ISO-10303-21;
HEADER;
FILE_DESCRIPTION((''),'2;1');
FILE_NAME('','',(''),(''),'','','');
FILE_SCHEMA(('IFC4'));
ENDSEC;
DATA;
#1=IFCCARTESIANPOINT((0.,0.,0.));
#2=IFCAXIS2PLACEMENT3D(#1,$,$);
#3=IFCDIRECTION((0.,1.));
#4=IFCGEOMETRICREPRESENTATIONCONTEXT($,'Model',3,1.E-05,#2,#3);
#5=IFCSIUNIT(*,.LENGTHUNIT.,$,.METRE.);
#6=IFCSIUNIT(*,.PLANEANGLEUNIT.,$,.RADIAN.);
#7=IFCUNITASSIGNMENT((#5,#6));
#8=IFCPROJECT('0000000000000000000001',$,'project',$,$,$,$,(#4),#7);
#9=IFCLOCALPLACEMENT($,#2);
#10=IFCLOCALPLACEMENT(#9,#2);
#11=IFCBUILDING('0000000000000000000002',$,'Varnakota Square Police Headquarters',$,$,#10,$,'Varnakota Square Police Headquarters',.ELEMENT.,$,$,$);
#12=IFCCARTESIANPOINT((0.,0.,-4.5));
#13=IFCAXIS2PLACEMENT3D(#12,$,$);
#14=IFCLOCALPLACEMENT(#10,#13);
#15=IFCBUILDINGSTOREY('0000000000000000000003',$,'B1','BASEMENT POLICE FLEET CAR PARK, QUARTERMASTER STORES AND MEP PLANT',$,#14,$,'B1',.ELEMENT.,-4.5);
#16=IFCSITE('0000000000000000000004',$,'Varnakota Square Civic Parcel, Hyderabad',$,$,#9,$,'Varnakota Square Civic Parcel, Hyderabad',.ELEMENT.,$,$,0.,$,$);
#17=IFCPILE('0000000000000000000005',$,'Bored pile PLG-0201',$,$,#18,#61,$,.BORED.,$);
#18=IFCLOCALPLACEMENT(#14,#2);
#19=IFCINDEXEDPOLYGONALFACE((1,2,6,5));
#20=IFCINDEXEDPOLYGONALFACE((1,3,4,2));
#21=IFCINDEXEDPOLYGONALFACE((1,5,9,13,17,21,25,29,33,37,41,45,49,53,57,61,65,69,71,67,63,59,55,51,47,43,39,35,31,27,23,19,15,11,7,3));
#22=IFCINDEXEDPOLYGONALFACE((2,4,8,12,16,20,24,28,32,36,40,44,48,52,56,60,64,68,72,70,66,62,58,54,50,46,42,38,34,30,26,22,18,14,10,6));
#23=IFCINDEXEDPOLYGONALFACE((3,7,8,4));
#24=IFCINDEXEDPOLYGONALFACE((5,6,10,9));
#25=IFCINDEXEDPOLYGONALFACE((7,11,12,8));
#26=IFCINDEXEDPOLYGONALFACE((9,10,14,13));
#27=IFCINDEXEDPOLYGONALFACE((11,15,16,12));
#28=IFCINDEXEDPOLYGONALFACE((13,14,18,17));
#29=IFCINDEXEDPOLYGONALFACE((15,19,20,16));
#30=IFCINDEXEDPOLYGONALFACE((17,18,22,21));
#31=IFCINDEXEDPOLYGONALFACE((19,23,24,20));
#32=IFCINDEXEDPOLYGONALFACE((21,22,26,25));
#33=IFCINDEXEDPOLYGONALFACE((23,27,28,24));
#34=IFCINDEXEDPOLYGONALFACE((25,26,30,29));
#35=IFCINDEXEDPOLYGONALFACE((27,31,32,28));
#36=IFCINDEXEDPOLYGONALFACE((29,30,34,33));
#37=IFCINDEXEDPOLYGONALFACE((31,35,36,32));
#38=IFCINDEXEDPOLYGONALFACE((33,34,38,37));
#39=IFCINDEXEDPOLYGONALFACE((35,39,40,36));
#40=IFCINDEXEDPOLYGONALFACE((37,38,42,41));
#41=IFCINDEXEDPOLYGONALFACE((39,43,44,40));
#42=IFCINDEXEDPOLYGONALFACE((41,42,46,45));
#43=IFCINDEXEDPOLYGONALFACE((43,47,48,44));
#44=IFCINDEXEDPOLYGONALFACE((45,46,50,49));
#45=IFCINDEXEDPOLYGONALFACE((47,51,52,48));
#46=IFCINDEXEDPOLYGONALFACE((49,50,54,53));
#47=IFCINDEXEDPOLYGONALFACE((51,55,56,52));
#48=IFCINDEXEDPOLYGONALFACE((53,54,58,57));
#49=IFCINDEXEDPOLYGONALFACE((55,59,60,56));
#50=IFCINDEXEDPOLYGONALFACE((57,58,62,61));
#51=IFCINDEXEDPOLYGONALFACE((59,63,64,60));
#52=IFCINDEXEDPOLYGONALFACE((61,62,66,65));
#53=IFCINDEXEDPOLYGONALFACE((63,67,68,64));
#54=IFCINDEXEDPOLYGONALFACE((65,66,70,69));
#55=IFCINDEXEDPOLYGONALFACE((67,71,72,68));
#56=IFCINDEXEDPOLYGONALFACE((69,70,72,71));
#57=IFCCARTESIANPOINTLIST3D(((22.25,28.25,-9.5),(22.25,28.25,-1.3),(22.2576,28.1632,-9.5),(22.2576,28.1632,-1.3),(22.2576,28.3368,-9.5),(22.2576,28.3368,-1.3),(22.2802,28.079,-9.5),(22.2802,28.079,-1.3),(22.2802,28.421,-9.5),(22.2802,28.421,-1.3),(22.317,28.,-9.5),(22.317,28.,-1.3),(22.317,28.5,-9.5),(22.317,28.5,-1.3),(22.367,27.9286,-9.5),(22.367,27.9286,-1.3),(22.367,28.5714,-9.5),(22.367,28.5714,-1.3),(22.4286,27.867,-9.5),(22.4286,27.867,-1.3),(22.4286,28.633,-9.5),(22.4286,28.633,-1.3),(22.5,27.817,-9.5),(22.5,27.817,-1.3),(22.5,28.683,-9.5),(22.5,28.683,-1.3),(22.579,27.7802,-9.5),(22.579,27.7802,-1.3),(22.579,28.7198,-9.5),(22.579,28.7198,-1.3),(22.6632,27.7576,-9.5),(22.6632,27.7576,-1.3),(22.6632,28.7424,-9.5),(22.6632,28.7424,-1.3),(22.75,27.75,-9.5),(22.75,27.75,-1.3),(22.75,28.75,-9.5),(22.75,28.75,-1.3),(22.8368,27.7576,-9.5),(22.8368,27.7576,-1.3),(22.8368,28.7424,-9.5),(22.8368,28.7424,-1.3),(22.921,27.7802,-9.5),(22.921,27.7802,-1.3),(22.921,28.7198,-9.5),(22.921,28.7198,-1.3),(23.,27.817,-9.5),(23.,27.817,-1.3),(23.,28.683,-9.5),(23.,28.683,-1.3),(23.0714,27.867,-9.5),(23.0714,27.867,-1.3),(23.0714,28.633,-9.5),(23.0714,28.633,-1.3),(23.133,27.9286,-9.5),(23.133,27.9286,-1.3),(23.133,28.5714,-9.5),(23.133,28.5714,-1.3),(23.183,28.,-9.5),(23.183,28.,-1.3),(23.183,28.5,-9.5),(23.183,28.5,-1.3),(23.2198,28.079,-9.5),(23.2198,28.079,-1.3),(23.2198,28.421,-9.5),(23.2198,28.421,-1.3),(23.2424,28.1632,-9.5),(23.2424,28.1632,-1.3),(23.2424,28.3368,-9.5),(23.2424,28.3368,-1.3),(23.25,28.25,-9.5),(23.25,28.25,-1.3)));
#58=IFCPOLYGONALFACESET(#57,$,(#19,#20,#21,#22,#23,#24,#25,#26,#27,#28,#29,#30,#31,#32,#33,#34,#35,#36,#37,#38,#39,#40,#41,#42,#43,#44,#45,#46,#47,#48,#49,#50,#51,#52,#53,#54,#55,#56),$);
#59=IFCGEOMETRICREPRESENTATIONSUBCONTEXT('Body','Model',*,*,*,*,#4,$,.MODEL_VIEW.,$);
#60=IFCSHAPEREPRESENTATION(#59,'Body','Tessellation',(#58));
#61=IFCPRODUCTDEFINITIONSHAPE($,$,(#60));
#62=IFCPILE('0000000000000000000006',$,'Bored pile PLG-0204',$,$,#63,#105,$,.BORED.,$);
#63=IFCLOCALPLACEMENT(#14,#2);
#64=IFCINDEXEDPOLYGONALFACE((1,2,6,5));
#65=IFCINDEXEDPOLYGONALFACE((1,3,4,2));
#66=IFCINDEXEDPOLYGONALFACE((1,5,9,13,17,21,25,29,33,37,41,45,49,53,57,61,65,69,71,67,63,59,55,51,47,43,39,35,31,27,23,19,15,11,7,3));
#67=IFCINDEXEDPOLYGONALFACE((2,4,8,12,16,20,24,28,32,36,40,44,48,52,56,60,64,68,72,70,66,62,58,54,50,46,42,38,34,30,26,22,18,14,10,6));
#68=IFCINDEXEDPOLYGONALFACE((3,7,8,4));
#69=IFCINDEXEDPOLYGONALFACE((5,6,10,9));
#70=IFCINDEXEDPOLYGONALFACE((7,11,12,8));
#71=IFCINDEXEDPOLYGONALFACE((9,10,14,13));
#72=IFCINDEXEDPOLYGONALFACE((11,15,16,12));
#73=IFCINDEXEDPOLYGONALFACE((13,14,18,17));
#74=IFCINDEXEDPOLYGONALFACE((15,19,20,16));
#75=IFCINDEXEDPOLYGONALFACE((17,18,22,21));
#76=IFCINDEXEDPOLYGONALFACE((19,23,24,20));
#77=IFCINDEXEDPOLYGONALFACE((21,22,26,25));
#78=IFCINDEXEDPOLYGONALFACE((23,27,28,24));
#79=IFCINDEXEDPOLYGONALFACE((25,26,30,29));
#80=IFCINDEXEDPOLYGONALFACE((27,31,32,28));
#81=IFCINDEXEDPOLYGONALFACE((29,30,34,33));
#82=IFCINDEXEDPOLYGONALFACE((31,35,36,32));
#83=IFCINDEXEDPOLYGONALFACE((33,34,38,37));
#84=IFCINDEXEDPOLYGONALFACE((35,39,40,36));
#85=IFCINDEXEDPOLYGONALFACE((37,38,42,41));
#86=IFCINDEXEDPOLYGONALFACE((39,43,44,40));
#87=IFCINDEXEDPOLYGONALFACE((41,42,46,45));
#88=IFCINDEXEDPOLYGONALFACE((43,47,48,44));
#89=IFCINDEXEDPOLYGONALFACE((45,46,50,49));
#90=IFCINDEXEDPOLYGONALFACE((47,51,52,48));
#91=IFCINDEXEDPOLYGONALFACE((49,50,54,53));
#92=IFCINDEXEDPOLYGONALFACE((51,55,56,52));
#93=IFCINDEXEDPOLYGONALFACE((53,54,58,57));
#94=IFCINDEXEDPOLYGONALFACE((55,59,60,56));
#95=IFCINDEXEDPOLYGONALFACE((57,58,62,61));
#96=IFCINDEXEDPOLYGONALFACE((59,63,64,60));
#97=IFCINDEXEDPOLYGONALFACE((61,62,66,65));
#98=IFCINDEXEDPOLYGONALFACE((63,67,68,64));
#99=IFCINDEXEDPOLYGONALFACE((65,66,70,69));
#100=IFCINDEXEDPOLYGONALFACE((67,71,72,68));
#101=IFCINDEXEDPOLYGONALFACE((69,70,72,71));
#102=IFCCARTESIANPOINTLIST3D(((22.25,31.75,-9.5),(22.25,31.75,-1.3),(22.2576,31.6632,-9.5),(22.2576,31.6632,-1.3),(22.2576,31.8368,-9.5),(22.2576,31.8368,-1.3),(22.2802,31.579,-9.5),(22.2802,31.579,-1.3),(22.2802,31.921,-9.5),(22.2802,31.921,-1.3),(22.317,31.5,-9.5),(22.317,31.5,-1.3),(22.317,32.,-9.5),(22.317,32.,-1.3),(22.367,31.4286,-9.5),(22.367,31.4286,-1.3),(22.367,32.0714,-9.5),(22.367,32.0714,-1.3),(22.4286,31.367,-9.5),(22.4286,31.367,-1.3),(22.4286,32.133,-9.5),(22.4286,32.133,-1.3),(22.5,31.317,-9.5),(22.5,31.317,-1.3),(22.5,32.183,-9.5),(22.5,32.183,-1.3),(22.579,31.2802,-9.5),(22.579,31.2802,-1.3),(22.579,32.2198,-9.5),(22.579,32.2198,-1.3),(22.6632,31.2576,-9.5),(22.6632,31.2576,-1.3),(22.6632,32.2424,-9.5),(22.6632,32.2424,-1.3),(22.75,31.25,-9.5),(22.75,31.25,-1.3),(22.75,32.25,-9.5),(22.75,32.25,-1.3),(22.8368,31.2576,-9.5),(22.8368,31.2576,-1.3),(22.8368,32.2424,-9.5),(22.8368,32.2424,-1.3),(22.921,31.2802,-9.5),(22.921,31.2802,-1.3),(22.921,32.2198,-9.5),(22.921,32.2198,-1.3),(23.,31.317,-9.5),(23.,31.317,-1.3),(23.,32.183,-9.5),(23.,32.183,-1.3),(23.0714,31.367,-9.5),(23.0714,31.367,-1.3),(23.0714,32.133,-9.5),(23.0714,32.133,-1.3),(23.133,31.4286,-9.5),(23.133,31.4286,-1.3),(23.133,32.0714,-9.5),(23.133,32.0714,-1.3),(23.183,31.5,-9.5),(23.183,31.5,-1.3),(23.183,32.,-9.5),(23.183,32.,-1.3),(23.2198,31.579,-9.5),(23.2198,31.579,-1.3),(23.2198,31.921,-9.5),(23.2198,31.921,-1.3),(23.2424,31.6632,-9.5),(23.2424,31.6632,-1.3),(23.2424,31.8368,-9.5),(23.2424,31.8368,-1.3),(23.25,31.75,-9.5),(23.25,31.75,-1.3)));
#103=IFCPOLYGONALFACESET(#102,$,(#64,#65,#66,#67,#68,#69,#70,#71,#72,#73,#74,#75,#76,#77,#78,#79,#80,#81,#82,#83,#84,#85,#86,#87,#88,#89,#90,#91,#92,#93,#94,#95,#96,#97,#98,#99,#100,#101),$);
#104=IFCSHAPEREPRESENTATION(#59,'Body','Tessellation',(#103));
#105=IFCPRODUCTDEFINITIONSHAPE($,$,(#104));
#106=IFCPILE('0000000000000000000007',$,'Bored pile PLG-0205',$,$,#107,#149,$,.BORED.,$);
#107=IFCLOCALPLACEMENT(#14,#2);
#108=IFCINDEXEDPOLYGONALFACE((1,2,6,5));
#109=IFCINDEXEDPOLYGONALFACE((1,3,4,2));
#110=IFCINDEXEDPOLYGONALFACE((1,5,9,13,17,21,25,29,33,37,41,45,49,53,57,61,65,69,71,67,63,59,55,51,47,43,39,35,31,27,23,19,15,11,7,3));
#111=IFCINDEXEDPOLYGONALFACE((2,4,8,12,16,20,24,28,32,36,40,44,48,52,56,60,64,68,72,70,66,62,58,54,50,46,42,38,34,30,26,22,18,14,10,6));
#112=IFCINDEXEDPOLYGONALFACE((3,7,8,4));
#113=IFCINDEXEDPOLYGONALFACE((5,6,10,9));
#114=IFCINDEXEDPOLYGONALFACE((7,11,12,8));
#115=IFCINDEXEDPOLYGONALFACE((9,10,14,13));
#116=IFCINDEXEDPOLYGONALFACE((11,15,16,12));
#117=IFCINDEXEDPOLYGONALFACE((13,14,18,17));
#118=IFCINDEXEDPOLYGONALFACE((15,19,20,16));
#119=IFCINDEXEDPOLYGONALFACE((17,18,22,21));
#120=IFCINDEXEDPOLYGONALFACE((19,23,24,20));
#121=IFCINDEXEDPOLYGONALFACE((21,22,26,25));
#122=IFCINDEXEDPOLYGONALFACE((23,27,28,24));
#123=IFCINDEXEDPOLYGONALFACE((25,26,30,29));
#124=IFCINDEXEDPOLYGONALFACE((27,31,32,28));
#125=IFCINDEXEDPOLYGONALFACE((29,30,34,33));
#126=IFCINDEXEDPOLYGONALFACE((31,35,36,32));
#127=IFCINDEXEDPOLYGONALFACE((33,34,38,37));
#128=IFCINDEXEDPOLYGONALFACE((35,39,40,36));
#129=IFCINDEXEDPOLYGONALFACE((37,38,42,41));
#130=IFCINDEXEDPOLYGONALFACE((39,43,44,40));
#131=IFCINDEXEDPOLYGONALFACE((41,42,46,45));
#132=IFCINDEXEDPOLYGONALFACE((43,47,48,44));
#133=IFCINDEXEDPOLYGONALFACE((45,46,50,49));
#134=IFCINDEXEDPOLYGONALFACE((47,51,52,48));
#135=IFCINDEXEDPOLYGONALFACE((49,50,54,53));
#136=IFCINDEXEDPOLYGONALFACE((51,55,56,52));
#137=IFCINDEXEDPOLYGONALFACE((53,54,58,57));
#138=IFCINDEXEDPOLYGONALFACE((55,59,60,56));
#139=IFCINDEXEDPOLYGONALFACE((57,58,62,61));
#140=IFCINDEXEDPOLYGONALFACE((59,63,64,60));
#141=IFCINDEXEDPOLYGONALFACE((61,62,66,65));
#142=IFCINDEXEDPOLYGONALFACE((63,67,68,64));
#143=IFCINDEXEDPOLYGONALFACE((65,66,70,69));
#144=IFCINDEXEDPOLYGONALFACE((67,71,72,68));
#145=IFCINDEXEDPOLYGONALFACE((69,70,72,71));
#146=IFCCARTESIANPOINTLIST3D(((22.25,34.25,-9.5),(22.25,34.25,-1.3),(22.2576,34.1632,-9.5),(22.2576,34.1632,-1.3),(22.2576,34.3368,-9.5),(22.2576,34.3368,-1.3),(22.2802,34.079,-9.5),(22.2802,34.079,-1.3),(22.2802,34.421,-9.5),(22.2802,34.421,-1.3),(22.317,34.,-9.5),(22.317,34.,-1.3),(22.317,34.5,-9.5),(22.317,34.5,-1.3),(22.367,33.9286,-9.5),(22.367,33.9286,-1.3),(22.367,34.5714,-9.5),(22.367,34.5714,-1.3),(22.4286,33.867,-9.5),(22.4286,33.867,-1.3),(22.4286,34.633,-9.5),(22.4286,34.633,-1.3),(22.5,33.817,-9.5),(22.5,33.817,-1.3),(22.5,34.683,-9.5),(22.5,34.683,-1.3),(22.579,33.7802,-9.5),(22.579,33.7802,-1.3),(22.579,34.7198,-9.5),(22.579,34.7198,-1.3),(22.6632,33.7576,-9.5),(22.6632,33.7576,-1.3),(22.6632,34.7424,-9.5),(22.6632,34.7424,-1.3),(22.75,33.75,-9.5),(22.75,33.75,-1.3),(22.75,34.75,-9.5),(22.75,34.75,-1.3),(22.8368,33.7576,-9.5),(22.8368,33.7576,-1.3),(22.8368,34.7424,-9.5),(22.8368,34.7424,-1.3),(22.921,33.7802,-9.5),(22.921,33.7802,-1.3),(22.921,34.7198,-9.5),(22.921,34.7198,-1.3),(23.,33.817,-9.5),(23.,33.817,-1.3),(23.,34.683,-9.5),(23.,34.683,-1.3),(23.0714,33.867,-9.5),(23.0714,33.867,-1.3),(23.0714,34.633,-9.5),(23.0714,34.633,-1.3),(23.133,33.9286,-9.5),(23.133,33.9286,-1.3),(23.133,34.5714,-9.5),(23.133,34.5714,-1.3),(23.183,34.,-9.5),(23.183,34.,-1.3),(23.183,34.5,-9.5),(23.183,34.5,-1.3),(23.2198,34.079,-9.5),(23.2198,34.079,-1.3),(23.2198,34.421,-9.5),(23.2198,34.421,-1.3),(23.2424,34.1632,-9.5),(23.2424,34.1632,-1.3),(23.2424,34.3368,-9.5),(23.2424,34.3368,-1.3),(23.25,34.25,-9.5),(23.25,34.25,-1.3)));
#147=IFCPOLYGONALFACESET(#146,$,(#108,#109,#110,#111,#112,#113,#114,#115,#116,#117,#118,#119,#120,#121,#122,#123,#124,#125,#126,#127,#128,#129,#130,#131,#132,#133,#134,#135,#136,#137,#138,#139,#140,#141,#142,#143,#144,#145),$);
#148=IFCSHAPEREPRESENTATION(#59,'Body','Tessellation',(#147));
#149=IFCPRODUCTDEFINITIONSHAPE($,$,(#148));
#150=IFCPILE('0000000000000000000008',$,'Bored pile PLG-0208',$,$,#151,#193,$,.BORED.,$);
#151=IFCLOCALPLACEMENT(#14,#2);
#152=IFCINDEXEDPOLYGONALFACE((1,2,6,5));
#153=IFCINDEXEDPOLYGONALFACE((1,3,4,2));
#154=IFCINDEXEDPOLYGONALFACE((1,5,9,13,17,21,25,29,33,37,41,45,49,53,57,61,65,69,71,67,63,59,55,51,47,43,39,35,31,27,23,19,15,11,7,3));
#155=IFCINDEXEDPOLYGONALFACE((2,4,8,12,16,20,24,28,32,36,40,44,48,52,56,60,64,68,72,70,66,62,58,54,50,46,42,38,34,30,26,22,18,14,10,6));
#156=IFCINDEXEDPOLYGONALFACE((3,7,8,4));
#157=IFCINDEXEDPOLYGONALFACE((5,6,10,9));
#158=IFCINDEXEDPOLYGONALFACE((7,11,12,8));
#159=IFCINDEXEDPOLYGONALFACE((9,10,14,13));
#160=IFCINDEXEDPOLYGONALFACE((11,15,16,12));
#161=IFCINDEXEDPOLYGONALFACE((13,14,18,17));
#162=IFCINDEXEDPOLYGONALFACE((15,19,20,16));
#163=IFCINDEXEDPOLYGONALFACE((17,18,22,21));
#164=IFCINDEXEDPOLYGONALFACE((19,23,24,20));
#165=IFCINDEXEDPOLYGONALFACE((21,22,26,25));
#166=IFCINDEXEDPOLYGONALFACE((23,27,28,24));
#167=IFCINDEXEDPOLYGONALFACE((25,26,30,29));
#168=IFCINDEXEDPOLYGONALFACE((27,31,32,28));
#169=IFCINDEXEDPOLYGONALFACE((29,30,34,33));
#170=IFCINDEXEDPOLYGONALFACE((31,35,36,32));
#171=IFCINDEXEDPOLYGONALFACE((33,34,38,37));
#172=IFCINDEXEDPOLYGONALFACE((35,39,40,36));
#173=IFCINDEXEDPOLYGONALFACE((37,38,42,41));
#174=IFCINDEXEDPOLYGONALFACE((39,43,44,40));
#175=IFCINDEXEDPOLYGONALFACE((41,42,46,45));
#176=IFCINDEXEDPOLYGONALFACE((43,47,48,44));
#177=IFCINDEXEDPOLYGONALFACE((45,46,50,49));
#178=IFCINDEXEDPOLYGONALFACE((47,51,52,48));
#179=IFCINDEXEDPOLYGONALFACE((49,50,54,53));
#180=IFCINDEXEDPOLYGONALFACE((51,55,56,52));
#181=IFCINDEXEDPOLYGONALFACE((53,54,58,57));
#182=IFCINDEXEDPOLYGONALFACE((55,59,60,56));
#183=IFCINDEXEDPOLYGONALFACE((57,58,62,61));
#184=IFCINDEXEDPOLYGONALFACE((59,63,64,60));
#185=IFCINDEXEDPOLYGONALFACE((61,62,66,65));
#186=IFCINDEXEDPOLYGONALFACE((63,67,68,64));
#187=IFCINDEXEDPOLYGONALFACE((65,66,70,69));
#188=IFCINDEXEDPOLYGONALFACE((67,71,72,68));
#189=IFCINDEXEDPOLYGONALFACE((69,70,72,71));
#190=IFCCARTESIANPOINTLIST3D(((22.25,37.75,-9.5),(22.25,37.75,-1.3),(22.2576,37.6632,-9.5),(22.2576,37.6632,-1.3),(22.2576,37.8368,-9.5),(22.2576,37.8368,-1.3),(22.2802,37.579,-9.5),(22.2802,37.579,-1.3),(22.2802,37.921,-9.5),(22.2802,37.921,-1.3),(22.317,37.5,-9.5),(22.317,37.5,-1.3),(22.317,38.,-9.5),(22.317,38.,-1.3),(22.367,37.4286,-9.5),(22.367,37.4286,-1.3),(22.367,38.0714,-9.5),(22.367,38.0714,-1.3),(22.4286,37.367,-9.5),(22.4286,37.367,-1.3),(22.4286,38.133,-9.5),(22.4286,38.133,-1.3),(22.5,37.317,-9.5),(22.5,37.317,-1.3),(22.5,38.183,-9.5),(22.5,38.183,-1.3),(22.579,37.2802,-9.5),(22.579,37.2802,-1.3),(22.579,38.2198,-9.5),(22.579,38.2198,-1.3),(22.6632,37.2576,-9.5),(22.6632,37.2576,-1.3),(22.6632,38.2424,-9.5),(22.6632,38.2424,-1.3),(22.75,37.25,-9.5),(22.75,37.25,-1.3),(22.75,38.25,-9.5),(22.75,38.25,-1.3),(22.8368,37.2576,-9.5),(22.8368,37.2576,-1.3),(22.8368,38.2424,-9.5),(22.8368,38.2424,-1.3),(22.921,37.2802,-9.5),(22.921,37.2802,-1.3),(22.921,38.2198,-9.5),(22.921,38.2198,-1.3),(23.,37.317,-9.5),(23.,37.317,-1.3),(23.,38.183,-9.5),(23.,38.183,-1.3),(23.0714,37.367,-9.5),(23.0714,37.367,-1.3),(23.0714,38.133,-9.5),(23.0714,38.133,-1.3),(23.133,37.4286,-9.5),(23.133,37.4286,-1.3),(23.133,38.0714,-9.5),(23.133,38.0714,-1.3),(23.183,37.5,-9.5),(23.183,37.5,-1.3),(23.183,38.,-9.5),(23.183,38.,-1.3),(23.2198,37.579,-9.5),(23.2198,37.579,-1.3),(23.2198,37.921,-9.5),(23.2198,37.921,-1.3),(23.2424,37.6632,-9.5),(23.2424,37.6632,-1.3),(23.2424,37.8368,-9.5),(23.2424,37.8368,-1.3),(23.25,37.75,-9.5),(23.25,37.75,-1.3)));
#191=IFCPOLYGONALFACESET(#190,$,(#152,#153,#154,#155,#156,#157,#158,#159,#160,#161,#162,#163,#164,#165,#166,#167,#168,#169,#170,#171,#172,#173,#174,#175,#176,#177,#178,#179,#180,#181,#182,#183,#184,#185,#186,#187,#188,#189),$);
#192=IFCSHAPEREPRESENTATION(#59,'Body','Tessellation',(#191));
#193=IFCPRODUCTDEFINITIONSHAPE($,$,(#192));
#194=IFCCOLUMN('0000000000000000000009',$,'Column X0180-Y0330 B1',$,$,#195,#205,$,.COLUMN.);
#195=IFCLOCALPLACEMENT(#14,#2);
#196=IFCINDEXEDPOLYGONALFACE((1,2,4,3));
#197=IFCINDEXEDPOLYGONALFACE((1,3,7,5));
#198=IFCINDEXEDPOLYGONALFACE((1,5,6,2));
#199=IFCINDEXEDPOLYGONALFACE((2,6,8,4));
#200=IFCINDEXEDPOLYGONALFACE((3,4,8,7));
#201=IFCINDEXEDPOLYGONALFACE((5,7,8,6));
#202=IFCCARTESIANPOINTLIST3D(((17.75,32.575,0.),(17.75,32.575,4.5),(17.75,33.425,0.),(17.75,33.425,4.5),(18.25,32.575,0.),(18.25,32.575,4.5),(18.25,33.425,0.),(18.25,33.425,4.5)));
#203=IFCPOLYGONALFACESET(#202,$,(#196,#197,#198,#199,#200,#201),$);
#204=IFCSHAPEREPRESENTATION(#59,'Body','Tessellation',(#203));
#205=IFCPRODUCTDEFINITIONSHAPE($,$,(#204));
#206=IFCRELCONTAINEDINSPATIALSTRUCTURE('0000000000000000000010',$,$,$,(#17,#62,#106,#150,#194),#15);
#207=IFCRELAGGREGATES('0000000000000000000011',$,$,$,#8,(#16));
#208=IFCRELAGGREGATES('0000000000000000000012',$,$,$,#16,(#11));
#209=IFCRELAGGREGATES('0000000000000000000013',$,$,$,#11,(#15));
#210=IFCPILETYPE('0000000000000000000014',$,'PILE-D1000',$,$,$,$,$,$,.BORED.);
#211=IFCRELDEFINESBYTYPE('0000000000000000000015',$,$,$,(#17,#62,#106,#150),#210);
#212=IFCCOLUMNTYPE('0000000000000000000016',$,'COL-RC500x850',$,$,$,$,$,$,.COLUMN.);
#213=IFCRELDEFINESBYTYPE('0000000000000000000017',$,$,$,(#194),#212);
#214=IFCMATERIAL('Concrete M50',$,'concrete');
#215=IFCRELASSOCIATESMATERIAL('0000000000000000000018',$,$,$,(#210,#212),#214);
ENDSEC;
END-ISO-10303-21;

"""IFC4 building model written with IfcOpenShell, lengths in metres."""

from ifc_helpers import new_model, si_unit, direction, frame, origin, origin_2d, place, context, subcontext, project, spatial, rectangle, circle, extrude, material, material_profile, profile_set, type_object, element, save


model = new_model("IFC4")

# Units and contexts
model_context = context("Model", 3, precision=1e-05, world=origin(), true_north=direction((0.0, 1.0)))
body_context = subcontext(model_context, "Body", "Model", "MODEL_VIEW")
ifc_project = project(units=[si_unit("LENGTHUNIT", "METRE"), si_unit("PLANEANGLEUNIT", "RADIAN")], contexts=[model_context])

# Site, building, storey
site_placement = place(None, origin())
site = spatial("IfcSite", under=ifc_project, at=site_placement, Name="Varnakota Square Civic Parcel, Hyderabad", LongName="Varnakota Square Civic Parcel, Hyderabad", CompositionType="ELEMENT", RefElevation=0.0)
building_placement = place(site_placement, origin())
building = spatial("IfcBuilding", under=site, at=building_placement, Name="Varnakota Square Police Headquarters", LongName="Varnakota Square Police Headquarters", CompositionType="ELEMENT")
storey_placement = place(building_placement, frame((0.0, 0.0, -4.5)))
storey = spatial("IfcBuildingStorey", under=building, at=storey_placement, Name="B1", Description="BASEMENT POLICE FLEET CAR PARK, QUARTERMASTER STORES AND MEP PLANT", LongName="B1", CompositionType="ELEMENT", Elevation=-4.5)

# Shared definitions
ifc_material_1 = material(Name="Concrete M50", Category="concrete")

# Piles
ifc_material_profile_1 = material_profile(ifc_material_1, circle(Radius=0.5, at=origin_2d()), Name="BORED PILE 1000")
ifc_profile_set_1 = profile_set([ifc_material_profile_1], Name="Concrete M50")
pile_type = type_object("IfcPileType", Name="PILE-D1000", PredefinedType="BORED", material=ifc_profile_set_1)
for number, where, z_axis, x_axis, name in (
    (1, (22.75, 28.25, -1.3), (0.0, 0.0, -1.0), (1.0, 0.0, 0.0), "Bored pile PLG-0201"),
    (2, (22.75, 31.75, -1.3), (0.0, 0.0, -1.0), (1.0, 0.0, 0.0), "Bored pile PLG-0204"),
    (3, (22.75, 34.25, -1.3), (0.0, 0.0, -1.0), (1.0, 0.0, 0.0), "Bored pile PLG-0205"),
    (4, (22.75, 37.75, -1.3), (0.0, 0.0, -1.0), (1.0, 0.0, 0.0), "Bored pile PLG-0208"),
):
    element("IfcPile", number, at=place(storey_placement, frame(where, z_axis=z_axis, x_axis=x_axis)), inside=storey, type_object=pile_type, Name=name, PredefinedType="BORED", context=body_context, shape_type="SweptSolid", body=[
        extrude(circle(Radius=0.5, at=origin_2d()), origin(), (0.0, 0.0, 1.0), 8.2),
    ])

# Column
ifc_material_profile_2 = material_profile(ifc_material_1, rectangle(XDim=0.5, YDim=0.8501, at=origin_2d()), Name="RC 500x850")
ifc_profile_set_2 = profile_set([ifc_material_profile_2], Name="Concrete M50")
column_type_1 = type_object("IfcColumnType", Name="COL-RC500x850", PredefinedType="COLUMN", material=ifc_profile_set_2)
column_placement = place(storey_placement, frame((18.0, 33.0, 0.0), z_axis=(0.0, 0.0, 1.0), x_axis=(1.0, 0.0, 0.0)))
element("IfcColumn", 5, at=column_placement, inside=storey, type_object=column_type_1, Name="Column X0180-Y0330 B1", PredefinedType="COLUMN", context=body_context, shape_type="SweptSolid", body=[
    extrude(rectangle(XDim=0.5, YDim=0.8501, at=origin_2d()), origin(), (0.0, 0.0, 1.0), 4.5),
])

save(model, "model.ifc")
